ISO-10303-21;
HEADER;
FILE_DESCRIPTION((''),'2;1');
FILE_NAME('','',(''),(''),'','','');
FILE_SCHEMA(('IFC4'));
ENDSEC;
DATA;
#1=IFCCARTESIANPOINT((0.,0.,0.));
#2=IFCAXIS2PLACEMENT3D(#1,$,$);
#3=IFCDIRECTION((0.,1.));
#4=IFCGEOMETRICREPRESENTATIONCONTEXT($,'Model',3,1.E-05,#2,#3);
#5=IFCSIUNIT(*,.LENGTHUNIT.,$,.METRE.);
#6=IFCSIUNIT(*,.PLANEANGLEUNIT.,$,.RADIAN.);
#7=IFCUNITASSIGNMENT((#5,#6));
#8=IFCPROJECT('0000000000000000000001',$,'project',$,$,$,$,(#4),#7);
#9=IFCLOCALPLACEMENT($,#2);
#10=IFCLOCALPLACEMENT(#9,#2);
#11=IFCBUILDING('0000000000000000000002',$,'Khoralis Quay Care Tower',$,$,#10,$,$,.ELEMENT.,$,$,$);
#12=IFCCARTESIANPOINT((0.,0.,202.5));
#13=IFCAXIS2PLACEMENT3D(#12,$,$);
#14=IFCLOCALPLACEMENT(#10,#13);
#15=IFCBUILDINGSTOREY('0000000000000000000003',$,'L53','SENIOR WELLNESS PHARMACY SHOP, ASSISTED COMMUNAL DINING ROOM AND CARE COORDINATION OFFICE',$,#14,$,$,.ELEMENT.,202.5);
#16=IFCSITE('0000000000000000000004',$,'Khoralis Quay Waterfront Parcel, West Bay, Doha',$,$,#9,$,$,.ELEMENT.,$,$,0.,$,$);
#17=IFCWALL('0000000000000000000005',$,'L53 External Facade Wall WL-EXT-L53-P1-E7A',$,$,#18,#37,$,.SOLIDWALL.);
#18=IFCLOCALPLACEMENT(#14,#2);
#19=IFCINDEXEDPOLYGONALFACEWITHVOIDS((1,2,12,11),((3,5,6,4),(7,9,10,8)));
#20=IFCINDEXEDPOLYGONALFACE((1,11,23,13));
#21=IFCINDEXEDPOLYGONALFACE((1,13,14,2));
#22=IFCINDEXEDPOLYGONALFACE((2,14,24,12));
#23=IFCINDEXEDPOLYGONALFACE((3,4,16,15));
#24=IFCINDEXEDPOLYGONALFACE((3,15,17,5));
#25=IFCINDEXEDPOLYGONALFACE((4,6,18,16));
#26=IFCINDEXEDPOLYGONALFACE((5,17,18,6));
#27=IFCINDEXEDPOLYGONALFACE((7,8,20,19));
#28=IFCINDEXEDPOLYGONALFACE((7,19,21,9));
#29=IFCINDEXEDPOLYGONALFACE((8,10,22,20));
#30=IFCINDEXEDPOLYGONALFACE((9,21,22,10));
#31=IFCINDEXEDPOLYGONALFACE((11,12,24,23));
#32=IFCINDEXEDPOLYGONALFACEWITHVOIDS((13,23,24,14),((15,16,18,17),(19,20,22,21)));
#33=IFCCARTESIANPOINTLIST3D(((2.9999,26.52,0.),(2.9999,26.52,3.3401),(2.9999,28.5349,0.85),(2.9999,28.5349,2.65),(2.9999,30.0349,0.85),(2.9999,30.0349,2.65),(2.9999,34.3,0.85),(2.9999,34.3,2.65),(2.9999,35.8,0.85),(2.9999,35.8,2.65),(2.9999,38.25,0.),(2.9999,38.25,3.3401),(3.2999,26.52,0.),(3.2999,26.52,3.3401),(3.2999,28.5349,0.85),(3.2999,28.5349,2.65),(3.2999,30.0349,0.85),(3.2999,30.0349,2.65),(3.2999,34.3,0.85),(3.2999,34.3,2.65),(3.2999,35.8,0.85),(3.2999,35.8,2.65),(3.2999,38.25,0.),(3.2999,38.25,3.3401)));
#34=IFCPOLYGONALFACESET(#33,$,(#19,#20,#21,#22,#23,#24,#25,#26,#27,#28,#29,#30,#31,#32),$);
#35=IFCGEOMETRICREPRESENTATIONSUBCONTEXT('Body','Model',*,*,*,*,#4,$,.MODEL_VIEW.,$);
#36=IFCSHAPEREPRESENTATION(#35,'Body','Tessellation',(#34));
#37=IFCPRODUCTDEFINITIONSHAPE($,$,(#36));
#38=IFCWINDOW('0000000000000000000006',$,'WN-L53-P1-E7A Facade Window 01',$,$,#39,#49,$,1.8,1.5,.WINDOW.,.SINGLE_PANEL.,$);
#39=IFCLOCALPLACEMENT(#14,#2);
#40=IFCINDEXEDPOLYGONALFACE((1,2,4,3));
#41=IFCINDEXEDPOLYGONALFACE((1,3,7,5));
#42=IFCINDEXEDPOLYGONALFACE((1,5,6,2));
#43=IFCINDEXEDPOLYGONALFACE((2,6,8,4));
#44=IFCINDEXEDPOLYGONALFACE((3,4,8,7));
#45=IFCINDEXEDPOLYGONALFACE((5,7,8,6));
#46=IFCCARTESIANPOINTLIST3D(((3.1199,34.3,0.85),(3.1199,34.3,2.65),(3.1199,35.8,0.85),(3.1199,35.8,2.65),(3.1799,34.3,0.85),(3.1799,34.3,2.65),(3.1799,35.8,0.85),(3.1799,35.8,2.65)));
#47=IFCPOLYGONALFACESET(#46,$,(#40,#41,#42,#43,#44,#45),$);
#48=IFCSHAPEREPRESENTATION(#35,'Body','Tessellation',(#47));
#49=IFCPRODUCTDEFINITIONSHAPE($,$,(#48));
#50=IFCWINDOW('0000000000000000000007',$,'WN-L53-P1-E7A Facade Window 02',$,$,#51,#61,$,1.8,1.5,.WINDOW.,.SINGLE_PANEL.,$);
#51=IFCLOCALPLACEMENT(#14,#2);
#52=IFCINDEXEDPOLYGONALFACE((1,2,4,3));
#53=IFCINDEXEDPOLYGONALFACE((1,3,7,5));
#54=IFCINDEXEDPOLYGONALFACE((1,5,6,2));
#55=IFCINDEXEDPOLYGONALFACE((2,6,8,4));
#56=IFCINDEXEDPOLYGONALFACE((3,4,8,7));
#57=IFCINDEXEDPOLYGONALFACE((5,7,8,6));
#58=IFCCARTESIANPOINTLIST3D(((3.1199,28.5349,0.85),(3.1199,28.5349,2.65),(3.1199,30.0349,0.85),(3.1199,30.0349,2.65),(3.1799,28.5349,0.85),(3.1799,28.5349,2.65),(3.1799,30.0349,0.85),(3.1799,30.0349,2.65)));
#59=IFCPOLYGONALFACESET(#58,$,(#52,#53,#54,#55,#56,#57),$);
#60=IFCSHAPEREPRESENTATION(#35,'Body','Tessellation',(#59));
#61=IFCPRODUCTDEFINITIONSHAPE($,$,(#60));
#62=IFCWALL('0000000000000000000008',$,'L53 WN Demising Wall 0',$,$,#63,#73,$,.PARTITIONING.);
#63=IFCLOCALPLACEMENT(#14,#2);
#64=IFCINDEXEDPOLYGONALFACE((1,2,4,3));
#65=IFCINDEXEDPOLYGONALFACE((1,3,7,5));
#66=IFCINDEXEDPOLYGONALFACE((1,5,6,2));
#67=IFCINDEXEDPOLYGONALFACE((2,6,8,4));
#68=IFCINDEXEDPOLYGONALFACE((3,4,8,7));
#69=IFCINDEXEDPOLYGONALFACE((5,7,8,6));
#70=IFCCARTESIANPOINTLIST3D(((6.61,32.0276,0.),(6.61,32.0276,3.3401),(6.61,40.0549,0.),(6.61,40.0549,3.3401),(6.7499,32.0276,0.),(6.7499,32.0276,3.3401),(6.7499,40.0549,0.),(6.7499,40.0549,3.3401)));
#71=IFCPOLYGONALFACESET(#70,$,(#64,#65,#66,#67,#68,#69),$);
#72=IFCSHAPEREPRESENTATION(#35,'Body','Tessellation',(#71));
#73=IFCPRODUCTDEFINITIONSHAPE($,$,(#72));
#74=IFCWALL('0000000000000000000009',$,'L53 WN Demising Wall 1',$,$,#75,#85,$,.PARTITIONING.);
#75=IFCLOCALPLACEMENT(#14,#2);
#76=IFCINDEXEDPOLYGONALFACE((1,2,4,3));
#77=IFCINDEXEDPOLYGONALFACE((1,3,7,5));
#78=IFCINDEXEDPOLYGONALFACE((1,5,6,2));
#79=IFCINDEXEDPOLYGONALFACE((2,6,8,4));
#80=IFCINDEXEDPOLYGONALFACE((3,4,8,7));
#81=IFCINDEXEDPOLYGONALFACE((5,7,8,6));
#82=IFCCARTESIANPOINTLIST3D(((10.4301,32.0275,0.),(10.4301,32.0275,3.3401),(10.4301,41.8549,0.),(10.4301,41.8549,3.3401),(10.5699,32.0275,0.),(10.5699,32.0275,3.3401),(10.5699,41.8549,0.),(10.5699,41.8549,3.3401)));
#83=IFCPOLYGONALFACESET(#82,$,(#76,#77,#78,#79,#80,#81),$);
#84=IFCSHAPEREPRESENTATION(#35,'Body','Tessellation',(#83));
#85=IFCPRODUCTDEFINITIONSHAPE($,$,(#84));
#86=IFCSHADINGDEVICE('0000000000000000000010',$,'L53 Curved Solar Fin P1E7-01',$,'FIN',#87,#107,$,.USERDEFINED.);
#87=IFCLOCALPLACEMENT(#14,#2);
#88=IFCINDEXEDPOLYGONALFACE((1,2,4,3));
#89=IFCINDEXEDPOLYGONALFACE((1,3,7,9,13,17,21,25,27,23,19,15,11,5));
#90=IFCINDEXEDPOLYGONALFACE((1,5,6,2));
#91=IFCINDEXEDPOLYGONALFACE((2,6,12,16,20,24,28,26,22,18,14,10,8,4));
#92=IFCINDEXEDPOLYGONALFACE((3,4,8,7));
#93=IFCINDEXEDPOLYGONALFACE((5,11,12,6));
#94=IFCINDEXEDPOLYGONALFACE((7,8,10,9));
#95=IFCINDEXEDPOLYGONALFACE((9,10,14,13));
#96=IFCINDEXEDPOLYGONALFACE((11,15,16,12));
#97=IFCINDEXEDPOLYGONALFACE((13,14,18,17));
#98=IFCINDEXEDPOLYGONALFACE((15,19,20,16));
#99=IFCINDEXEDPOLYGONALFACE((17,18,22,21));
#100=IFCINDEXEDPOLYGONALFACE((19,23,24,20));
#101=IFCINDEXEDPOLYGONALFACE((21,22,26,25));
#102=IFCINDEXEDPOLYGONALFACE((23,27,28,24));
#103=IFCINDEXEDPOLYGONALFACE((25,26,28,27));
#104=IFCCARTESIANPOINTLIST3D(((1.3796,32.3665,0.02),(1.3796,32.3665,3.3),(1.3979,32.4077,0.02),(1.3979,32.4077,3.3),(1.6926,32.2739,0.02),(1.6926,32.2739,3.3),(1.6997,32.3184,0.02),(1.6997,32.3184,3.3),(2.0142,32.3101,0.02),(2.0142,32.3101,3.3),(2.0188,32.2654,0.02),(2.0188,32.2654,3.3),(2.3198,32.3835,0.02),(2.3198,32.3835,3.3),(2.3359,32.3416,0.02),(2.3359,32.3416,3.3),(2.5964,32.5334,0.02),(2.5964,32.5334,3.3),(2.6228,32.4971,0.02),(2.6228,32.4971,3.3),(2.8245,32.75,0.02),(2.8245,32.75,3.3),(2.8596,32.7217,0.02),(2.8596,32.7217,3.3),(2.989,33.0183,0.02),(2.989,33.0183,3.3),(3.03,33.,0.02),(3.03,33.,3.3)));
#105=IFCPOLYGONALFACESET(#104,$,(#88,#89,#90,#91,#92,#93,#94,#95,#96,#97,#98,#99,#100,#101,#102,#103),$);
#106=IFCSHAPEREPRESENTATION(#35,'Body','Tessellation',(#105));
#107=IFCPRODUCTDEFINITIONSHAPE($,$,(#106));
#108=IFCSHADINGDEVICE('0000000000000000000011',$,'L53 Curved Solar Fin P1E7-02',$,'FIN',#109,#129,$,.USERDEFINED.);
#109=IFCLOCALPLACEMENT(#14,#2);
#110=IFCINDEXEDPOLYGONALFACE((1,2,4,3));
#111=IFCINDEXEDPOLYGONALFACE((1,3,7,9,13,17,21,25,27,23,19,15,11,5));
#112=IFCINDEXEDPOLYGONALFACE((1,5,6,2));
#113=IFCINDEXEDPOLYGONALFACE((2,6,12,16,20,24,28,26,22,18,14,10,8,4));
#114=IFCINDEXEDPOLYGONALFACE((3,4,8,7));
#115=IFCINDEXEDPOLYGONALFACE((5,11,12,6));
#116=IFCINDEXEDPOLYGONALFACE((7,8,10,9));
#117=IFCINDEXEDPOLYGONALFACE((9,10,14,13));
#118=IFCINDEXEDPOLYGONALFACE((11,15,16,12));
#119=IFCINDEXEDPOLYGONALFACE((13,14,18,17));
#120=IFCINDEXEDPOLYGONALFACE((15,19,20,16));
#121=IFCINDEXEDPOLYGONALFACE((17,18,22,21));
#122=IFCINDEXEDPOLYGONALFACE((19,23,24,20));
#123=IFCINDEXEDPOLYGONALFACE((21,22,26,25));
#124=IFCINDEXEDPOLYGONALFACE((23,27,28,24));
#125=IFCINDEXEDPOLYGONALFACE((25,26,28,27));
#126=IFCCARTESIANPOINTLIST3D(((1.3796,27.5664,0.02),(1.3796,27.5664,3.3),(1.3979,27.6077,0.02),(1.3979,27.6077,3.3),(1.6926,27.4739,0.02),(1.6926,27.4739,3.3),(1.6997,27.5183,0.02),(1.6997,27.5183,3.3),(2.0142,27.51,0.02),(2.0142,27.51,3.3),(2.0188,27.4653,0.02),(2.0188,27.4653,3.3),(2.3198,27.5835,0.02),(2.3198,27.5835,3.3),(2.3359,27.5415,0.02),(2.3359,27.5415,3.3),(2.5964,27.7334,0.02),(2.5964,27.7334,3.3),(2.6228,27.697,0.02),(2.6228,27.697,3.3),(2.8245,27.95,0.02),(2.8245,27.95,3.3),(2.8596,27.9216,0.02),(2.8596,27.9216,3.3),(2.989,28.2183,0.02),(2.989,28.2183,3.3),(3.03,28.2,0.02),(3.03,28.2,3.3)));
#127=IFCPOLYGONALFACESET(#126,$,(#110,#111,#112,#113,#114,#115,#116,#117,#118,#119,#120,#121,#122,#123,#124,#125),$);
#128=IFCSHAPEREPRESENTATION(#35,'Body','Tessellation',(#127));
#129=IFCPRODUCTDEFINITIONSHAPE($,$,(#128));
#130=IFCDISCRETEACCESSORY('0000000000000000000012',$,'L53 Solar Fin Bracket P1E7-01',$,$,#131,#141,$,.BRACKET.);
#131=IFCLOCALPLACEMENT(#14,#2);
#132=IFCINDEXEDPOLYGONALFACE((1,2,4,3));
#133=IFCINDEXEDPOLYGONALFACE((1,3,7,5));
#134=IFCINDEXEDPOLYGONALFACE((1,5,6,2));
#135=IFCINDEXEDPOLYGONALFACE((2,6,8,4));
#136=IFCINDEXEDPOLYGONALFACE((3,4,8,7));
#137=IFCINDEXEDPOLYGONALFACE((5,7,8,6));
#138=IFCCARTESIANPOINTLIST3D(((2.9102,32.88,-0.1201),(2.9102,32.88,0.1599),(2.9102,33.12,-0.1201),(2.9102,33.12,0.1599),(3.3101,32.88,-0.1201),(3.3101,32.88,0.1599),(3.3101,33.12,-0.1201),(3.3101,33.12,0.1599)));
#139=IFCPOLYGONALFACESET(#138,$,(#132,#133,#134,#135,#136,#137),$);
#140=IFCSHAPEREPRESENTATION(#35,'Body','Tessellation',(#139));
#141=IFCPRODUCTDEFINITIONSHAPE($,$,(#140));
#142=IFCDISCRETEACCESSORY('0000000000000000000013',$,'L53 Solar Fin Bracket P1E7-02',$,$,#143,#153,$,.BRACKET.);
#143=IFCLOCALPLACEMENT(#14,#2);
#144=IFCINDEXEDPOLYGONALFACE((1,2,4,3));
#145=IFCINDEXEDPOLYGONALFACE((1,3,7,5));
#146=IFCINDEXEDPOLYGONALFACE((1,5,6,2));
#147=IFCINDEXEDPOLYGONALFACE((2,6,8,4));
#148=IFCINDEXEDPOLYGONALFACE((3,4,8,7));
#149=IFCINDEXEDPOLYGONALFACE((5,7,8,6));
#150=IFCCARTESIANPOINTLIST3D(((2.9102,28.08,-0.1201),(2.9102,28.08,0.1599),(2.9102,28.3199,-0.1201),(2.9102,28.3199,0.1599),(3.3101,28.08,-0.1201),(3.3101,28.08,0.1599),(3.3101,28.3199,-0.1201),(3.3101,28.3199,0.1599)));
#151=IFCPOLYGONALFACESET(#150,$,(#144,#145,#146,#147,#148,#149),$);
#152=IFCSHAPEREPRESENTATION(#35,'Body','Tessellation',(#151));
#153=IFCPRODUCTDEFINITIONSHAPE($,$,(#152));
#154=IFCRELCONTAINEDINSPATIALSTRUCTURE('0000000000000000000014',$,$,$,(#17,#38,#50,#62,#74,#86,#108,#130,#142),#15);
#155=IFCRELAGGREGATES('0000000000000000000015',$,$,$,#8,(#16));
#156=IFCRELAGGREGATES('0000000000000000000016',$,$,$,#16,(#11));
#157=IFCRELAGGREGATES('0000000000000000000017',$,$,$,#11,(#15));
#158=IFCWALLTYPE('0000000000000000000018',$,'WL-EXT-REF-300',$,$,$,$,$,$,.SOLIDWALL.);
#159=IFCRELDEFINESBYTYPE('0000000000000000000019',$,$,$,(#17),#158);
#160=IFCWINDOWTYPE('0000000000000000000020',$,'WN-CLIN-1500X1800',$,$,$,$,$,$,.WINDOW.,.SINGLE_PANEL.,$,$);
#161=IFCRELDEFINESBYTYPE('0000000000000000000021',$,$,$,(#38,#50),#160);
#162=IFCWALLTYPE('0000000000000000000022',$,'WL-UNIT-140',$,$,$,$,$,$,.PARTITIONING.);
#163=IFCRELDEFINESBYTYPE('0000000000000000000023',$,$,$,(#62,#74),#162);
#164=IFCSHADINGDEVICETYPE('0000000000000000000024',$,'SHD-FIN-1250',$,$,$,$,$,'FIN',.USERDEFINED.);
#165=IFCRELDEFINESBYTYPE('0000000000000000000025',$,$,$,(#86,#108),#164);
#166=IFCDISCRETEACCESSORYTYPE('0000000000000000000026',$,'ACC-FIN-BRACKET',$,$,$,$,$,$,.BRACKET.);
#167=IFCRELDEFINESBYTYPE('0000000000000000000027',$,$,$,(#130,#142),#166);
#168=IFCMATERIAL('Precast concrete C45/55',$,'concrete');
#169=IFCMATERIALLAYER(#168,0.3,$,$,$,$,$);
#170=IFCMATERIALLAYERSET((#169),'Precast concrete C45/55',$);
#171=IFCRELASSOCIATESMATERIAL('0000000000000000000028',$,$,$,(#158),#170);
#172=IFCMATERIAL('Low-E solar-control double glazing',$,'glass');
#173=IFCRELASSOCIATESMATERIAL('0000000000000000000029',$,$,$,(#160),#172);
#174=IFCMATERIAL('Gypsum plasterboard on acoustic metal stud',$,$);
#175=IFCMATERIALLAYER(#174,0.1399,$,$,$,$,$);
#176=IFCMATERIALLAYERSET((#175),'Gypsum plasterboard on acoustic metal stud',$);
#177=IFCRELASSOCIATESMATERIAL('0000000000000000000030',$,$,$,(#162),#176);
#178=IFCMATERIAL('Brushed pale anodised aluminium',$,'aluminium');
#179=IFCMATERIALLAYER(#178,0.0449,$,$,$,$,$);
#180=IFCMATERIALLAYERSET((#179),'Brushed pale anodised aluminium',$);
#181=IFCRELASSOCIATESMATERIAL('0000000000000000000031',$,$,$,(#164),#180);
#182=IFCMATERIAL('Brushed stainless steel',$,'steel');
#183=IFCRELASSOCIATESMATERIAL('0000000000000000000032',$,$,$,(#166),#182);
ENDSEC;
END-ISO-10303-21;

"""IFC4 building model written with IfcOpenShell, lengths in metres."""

from ifc_helpers import new_model, si_unit, direction, frame, frame_2d, origin, origin_2d, place, context, subcontext, project, spatial, polyline, rectangle, outline, extrude, source, transform, mapped, material, layer, layer_set, type_object, element, fill, save


model = new_model("IFC4")

# Units and contexts
model_context = context("Model", 3, precision=1e-05, world=origin(), true_north=direction((0.0, 1.0)))
body_context = subcontext(model_context, "Body", "Model", "MODEL_VIEW")
ifc_project = project(units=[si_unit("LENGTHUNIT", "METRE"), si_unit("PLANEANGLEUNIT", "RADIAN")], contexts=[model_context])

# Site, building, storey
site_placement = place(None, origin())
site = spatial("IfcSite", under=ifc_project, at=site_placement, Name="Khoralis Quay Waterfront Parcel, West Bay, Doha", CompositionType="ELEMENT", RefElevation=0.0)
building_placement = place(site_placement, origin())
building = spatial("IfcBuilding", under=site, at=building_placement, Name="Khoralis Quay Care Tower", CompositionType="ELEMENT")
storey_placement = place(building_placement, frame((0.0, 0.0, 202.5)))
storey = spatial("IfcBuildingStorey", under=building, at=storey_placement, Name="L53", Description="SENIOR WELLNESS PHARMACY SHOP, ASSISTED COMMUNAL DINING ROOM AND CARE COORDINATION OFFICE", CompositionType="ELEMENT", Elevation=202.5)

# Shared definitions
ifc_material_1 = material(Name="Gypsum plasterboard on acoustic metal stud")

# Shared definitions
ifc_material_2 = material(Name="Precast concrete C45/55", Category="concrete")
ifc_layer_1 = layer(ifc_material_2, 0.3)
ifc_layer_set_1 = layer_set([ifc_layer_1], Name="Precast concrete C45/55")
wall_type_1 = type_object("IfcWallType", Name="WL-EXT-REF-300", PredefinedType="SOLIDWALL", material=ifc_layer_set_1)

# Wall, openings, windows
wall_1_placement = place(storey_placement, frame((3.1499, 38.25, 0.0), z_axis=(0.0, 0.0, 1.0), x_axis=(0.0, -1.0, 0.0)))
wall_1 = element("IfcWall", 1, at=wall_1_placement, inside=storey, type_object=wall_type_1, Name="L53 External Facade Wall WL-EXT-L53-P1-E7A", PredefinedType="SOLIDWALL", context=body_context, shape_type="SweptSolid", body=[
    extrude(rectangle(XDim=11.73, YDim=0.3, at=frame_2d((5.865, 0.0))), origin(), (0.0, 0.0, 1.0), 3.3401),
])
opening_1_placement = place(wall_1_placement, frame((2.45, 0.0, 0.8501)))
opening_1 = element("IfcOpeningElement", 2, at=opening_1_placement, cuts=wall_1, PredefinedType="OPENING", context=body_context, shape_type="SweptSolid", body=[
    extrude(rectangle(XDim=1.5, YDim=1.8, at=frame_2d((0.75, 0.8999))), frame((0.0, 0.1602, 0.0), z_axis=(0.0, -1.0, 0.0), x_axis=(1.0, 0.0, 0.0)), (0.0, 0.0, 1.0), 0.3201),
])
opening_2_placement = place(wall_1_placement, frame((8.2151, 0.0, 0.8501)))
opening_2 = element("IfcOpeningElement", 3, at=opening_2_placement, cuts=wall_1, PredefinedType="OPENING", context=body_context, shape_type="SweptSolid", body=[
    extrude(rectangle(XDim=1.5, YDim=1.8, at=frame_2d((0.75, 0.8999))), frame((0.0, 0.1602, 0.0), z_axis=(0.0, -1.0, 0.0), x_axis=(1.0, 0.0, 0.0)), (0.0, 0.0, 1.0), 0.3201),
])
ifc_material_3 = material(Name="Low-E solar-control double glazing", Category="glass")
window_type = type_object("IfcWindowType", Name="WN-CLIN-1500X1800", PartitioningType="SINGLE_PANEL", PredefinedType="WINDOW", material=ifc_material_3)
shared_shape_1 = source(origin(), body_context, "Body", "SweptSolid", [
    extrude(rectangle(XDim=1.5, YDim=1.8, at=frame_2d((0.75, 0.8999))), frame((0.0, 0.03, 0.0), z_axis=(0.0, -1.0, 0.0), x_axis=(1.0, 0.0, 0.0)), (0.0, 0.0, 1.0), 0.0601),
])
window_1_placement = place(opening_1_placement, origin())
window_1 = element("IfcWindow", 4, at=window_1_placement, inside=storey, type_object=window_type, Name="WN-L53-P1-E7A Facade Window 01", OverallHeight=1.8, OverallWidth=1.5, PartitioningType="SINGLE_PANEL", PredefinedType="WINDOW", context=body_context, shape_type="MappedRepresentation", body=[
    mapped(shared_shape_1, transform((0.0, 0.0, 0.0), scale=1.0)),
])
fill(opening_1, window_1)
window_2_placement = place(opening_2_placement, origin())
window_2 = element("IfcWindow", 5, at=window_2_placement, inside=storey, type_object=window_type, Name="WN-L53-P1-E7A Facade Window 02", OverallHeight=1.8, OverallWidth=1.5, PartitioningType="SINGLE_PANEL", PredefinedType="WINDOW", context=body_context, shape_type="MappedRepresentation", body=[
    mapped(shared_shape_1, transform((0.0, 0.0, 0.0), scale=1.0)),
])
fill(opening_2, window_2)

# Walls
ifc_layer_2 = layer(ifc_material_1, 0.1399)
ifc_layer_set_2 = layer_set([ifc_layer_2], Name="Gypsum plasterboard on acoustic metal stud")
wall_type_2 = type_object("IfcWallType", Name="WL-UNIT-140", PredefinedType="PARTITIONING", material=ifc_layer_set_2)
wall_2_placement = place(storey_placement, frame((6.6799, 32.0276, 0.0), z_axis=(0.0, 0.0, 1.0), x_axis=(0.0, 1.0, 0.0)))
element("IfcWall", 6, at=wall_2_placement, inside=storey, type_object=wall_type_2, Name="L53 WN Demising Wall 0", PredefinedType="PARTITIONING", context=body_context, shape_type="SweptSolid", body=[
    extrude(rectangle(XDim=8.0273, YDim=0.1399, at=frame_2d((4.0137, 0.0))), origin(), (0.0, 0.0, 1.0), 3.3401),
])
wall_3_placement = place(storey_placement, frame((10.5, 32.0276, 0.0), z_axis=(0.0, 0.0, 1.0), x_axis=(0.0, 1.0, 0.0)))
element("IfcWall", 7, at=wall_3_placement, inside=storey, type_object=wall_type_2, Name="L53 WN Demising Wall 1", PredefinedType="PARTITIONING", context=body_context, shape_type="SweptSolid", body=[
    extrude(rectangle(XDim=9.8274, YDim=0.1399, at=frame_2d((4.9136, 0.0))), origin(), (0.0, 0.0, 1.0), 3.3401),
])

# Shading devices
ifc_material_4 = material(Name="Brushed pale anodised aluminium", Category="aluminium")
ifc_layer_3 = layer(ifc_material_4, 0.0449)
ifc_layer_set_3 = layer_set([ifc_layer_3], Name="Brushed pale anodised aluminium")
shading_device_type = type_object("IfcShadingDeviceType", Name="SHD-FIN-1250", ElementType="FIN", PredefinedType="USERDEFINED", material=ifc_layer_set_3)
shared_shape_2 = source(origin(), body_context, "Body", "SweptSolid", [
    extrude(outline(polyline([(0.0, 0.0), (0.1704, 0.2783), (0.4072, 0.5029), (0.6941, 0.6584), (1.0112, 0.7346), (1.3374, 0.7261), (1.6504, 0.6335), (1.6321, 0.5923), (1.3303, 0.6816), (1.0159, 0.6899), (0.7102, 0.6165), (0.4336, 0.4666), (0.2056, 0.25), (0.041, -0.0183), (0.0, 0.0)])), origin(), (0.0, 0.0, 1.0), 3.28),
])
for number, where, z_axis, x_axis, name in (
    (8, (3.03, 33.0, 0.02), (0.0, 0.0, 1.0), (-1.0, 0.0, 0.0), "L53 Curved Solar Fin P1E7-01"),
    (9, (3.03, 28.2, 0.02), (0.0, 0.0, 1.0), (-1.0, 0.0, 0.0), "L53 Curved Solar Fin P1E7-02"),
):
    element("IfcShadingDevice", number, at=place(storey_placement, frame(where, z_axis=z_axis, x_axis=x_axis)), inside=storey, type_object=shading_device_type, Name=name, ObjectType="FIN", PredefinedType="USERDEFINED", context=body_context, shape_type="MappedRepresentation", body=[
        mapped(shared_shape_2, transform((0.0, 0.0, 0.0), scale=1.0)),
    ])

# Discrete accessories
ifc_material_5 = material(Name="Brushed stainless steel", Category="steel")
discrete_accessory_type = type_object("IfcDiscreteAccessoryType", Name="ACC-FIN-BRACKET", PredefinedType="BRACKET", material=ifc_material_5)
shared_shape_3 = source(origin(), body_context, "Body", "SweptSolid", [
    extrude(rectangle(XDim=0.3999, YDim=0.24, at=origin_2d()), origin(), (0.0, 0.0, 1.0), 0.28),
])
for number, where, z_axis, x_axis, name in (
    (10, (3.1101, 33.0, -0.1201), (0.0, 0.0, 1.0), (-1.0, 0.0, 0.0), "L53 Solar Fin Bracket P1E7-01"),
    (11, (3.1101, 28.2, -0.1201), (0.0, 0.0, 1.0), (-1.0, 0.0, 0.0), "L53 Solar Fin Bracket P1E7-02"),
):
    element("IfcDiscreteAccessory", number, at=place(storey_placement, frame(where, z_axis=z_axis, x_axis=x_axis)), inside=storey, type_object=discrete_accessory_type, Name=name, PredefinedType="BRACKET", context=body_context, shape_type="MappedRepresentation", body=[
        mapped(shared_shape_3, transform((0.0, 0.0, 0.0), scale=1.0)),
    ])

save(model, "model.ifc")
